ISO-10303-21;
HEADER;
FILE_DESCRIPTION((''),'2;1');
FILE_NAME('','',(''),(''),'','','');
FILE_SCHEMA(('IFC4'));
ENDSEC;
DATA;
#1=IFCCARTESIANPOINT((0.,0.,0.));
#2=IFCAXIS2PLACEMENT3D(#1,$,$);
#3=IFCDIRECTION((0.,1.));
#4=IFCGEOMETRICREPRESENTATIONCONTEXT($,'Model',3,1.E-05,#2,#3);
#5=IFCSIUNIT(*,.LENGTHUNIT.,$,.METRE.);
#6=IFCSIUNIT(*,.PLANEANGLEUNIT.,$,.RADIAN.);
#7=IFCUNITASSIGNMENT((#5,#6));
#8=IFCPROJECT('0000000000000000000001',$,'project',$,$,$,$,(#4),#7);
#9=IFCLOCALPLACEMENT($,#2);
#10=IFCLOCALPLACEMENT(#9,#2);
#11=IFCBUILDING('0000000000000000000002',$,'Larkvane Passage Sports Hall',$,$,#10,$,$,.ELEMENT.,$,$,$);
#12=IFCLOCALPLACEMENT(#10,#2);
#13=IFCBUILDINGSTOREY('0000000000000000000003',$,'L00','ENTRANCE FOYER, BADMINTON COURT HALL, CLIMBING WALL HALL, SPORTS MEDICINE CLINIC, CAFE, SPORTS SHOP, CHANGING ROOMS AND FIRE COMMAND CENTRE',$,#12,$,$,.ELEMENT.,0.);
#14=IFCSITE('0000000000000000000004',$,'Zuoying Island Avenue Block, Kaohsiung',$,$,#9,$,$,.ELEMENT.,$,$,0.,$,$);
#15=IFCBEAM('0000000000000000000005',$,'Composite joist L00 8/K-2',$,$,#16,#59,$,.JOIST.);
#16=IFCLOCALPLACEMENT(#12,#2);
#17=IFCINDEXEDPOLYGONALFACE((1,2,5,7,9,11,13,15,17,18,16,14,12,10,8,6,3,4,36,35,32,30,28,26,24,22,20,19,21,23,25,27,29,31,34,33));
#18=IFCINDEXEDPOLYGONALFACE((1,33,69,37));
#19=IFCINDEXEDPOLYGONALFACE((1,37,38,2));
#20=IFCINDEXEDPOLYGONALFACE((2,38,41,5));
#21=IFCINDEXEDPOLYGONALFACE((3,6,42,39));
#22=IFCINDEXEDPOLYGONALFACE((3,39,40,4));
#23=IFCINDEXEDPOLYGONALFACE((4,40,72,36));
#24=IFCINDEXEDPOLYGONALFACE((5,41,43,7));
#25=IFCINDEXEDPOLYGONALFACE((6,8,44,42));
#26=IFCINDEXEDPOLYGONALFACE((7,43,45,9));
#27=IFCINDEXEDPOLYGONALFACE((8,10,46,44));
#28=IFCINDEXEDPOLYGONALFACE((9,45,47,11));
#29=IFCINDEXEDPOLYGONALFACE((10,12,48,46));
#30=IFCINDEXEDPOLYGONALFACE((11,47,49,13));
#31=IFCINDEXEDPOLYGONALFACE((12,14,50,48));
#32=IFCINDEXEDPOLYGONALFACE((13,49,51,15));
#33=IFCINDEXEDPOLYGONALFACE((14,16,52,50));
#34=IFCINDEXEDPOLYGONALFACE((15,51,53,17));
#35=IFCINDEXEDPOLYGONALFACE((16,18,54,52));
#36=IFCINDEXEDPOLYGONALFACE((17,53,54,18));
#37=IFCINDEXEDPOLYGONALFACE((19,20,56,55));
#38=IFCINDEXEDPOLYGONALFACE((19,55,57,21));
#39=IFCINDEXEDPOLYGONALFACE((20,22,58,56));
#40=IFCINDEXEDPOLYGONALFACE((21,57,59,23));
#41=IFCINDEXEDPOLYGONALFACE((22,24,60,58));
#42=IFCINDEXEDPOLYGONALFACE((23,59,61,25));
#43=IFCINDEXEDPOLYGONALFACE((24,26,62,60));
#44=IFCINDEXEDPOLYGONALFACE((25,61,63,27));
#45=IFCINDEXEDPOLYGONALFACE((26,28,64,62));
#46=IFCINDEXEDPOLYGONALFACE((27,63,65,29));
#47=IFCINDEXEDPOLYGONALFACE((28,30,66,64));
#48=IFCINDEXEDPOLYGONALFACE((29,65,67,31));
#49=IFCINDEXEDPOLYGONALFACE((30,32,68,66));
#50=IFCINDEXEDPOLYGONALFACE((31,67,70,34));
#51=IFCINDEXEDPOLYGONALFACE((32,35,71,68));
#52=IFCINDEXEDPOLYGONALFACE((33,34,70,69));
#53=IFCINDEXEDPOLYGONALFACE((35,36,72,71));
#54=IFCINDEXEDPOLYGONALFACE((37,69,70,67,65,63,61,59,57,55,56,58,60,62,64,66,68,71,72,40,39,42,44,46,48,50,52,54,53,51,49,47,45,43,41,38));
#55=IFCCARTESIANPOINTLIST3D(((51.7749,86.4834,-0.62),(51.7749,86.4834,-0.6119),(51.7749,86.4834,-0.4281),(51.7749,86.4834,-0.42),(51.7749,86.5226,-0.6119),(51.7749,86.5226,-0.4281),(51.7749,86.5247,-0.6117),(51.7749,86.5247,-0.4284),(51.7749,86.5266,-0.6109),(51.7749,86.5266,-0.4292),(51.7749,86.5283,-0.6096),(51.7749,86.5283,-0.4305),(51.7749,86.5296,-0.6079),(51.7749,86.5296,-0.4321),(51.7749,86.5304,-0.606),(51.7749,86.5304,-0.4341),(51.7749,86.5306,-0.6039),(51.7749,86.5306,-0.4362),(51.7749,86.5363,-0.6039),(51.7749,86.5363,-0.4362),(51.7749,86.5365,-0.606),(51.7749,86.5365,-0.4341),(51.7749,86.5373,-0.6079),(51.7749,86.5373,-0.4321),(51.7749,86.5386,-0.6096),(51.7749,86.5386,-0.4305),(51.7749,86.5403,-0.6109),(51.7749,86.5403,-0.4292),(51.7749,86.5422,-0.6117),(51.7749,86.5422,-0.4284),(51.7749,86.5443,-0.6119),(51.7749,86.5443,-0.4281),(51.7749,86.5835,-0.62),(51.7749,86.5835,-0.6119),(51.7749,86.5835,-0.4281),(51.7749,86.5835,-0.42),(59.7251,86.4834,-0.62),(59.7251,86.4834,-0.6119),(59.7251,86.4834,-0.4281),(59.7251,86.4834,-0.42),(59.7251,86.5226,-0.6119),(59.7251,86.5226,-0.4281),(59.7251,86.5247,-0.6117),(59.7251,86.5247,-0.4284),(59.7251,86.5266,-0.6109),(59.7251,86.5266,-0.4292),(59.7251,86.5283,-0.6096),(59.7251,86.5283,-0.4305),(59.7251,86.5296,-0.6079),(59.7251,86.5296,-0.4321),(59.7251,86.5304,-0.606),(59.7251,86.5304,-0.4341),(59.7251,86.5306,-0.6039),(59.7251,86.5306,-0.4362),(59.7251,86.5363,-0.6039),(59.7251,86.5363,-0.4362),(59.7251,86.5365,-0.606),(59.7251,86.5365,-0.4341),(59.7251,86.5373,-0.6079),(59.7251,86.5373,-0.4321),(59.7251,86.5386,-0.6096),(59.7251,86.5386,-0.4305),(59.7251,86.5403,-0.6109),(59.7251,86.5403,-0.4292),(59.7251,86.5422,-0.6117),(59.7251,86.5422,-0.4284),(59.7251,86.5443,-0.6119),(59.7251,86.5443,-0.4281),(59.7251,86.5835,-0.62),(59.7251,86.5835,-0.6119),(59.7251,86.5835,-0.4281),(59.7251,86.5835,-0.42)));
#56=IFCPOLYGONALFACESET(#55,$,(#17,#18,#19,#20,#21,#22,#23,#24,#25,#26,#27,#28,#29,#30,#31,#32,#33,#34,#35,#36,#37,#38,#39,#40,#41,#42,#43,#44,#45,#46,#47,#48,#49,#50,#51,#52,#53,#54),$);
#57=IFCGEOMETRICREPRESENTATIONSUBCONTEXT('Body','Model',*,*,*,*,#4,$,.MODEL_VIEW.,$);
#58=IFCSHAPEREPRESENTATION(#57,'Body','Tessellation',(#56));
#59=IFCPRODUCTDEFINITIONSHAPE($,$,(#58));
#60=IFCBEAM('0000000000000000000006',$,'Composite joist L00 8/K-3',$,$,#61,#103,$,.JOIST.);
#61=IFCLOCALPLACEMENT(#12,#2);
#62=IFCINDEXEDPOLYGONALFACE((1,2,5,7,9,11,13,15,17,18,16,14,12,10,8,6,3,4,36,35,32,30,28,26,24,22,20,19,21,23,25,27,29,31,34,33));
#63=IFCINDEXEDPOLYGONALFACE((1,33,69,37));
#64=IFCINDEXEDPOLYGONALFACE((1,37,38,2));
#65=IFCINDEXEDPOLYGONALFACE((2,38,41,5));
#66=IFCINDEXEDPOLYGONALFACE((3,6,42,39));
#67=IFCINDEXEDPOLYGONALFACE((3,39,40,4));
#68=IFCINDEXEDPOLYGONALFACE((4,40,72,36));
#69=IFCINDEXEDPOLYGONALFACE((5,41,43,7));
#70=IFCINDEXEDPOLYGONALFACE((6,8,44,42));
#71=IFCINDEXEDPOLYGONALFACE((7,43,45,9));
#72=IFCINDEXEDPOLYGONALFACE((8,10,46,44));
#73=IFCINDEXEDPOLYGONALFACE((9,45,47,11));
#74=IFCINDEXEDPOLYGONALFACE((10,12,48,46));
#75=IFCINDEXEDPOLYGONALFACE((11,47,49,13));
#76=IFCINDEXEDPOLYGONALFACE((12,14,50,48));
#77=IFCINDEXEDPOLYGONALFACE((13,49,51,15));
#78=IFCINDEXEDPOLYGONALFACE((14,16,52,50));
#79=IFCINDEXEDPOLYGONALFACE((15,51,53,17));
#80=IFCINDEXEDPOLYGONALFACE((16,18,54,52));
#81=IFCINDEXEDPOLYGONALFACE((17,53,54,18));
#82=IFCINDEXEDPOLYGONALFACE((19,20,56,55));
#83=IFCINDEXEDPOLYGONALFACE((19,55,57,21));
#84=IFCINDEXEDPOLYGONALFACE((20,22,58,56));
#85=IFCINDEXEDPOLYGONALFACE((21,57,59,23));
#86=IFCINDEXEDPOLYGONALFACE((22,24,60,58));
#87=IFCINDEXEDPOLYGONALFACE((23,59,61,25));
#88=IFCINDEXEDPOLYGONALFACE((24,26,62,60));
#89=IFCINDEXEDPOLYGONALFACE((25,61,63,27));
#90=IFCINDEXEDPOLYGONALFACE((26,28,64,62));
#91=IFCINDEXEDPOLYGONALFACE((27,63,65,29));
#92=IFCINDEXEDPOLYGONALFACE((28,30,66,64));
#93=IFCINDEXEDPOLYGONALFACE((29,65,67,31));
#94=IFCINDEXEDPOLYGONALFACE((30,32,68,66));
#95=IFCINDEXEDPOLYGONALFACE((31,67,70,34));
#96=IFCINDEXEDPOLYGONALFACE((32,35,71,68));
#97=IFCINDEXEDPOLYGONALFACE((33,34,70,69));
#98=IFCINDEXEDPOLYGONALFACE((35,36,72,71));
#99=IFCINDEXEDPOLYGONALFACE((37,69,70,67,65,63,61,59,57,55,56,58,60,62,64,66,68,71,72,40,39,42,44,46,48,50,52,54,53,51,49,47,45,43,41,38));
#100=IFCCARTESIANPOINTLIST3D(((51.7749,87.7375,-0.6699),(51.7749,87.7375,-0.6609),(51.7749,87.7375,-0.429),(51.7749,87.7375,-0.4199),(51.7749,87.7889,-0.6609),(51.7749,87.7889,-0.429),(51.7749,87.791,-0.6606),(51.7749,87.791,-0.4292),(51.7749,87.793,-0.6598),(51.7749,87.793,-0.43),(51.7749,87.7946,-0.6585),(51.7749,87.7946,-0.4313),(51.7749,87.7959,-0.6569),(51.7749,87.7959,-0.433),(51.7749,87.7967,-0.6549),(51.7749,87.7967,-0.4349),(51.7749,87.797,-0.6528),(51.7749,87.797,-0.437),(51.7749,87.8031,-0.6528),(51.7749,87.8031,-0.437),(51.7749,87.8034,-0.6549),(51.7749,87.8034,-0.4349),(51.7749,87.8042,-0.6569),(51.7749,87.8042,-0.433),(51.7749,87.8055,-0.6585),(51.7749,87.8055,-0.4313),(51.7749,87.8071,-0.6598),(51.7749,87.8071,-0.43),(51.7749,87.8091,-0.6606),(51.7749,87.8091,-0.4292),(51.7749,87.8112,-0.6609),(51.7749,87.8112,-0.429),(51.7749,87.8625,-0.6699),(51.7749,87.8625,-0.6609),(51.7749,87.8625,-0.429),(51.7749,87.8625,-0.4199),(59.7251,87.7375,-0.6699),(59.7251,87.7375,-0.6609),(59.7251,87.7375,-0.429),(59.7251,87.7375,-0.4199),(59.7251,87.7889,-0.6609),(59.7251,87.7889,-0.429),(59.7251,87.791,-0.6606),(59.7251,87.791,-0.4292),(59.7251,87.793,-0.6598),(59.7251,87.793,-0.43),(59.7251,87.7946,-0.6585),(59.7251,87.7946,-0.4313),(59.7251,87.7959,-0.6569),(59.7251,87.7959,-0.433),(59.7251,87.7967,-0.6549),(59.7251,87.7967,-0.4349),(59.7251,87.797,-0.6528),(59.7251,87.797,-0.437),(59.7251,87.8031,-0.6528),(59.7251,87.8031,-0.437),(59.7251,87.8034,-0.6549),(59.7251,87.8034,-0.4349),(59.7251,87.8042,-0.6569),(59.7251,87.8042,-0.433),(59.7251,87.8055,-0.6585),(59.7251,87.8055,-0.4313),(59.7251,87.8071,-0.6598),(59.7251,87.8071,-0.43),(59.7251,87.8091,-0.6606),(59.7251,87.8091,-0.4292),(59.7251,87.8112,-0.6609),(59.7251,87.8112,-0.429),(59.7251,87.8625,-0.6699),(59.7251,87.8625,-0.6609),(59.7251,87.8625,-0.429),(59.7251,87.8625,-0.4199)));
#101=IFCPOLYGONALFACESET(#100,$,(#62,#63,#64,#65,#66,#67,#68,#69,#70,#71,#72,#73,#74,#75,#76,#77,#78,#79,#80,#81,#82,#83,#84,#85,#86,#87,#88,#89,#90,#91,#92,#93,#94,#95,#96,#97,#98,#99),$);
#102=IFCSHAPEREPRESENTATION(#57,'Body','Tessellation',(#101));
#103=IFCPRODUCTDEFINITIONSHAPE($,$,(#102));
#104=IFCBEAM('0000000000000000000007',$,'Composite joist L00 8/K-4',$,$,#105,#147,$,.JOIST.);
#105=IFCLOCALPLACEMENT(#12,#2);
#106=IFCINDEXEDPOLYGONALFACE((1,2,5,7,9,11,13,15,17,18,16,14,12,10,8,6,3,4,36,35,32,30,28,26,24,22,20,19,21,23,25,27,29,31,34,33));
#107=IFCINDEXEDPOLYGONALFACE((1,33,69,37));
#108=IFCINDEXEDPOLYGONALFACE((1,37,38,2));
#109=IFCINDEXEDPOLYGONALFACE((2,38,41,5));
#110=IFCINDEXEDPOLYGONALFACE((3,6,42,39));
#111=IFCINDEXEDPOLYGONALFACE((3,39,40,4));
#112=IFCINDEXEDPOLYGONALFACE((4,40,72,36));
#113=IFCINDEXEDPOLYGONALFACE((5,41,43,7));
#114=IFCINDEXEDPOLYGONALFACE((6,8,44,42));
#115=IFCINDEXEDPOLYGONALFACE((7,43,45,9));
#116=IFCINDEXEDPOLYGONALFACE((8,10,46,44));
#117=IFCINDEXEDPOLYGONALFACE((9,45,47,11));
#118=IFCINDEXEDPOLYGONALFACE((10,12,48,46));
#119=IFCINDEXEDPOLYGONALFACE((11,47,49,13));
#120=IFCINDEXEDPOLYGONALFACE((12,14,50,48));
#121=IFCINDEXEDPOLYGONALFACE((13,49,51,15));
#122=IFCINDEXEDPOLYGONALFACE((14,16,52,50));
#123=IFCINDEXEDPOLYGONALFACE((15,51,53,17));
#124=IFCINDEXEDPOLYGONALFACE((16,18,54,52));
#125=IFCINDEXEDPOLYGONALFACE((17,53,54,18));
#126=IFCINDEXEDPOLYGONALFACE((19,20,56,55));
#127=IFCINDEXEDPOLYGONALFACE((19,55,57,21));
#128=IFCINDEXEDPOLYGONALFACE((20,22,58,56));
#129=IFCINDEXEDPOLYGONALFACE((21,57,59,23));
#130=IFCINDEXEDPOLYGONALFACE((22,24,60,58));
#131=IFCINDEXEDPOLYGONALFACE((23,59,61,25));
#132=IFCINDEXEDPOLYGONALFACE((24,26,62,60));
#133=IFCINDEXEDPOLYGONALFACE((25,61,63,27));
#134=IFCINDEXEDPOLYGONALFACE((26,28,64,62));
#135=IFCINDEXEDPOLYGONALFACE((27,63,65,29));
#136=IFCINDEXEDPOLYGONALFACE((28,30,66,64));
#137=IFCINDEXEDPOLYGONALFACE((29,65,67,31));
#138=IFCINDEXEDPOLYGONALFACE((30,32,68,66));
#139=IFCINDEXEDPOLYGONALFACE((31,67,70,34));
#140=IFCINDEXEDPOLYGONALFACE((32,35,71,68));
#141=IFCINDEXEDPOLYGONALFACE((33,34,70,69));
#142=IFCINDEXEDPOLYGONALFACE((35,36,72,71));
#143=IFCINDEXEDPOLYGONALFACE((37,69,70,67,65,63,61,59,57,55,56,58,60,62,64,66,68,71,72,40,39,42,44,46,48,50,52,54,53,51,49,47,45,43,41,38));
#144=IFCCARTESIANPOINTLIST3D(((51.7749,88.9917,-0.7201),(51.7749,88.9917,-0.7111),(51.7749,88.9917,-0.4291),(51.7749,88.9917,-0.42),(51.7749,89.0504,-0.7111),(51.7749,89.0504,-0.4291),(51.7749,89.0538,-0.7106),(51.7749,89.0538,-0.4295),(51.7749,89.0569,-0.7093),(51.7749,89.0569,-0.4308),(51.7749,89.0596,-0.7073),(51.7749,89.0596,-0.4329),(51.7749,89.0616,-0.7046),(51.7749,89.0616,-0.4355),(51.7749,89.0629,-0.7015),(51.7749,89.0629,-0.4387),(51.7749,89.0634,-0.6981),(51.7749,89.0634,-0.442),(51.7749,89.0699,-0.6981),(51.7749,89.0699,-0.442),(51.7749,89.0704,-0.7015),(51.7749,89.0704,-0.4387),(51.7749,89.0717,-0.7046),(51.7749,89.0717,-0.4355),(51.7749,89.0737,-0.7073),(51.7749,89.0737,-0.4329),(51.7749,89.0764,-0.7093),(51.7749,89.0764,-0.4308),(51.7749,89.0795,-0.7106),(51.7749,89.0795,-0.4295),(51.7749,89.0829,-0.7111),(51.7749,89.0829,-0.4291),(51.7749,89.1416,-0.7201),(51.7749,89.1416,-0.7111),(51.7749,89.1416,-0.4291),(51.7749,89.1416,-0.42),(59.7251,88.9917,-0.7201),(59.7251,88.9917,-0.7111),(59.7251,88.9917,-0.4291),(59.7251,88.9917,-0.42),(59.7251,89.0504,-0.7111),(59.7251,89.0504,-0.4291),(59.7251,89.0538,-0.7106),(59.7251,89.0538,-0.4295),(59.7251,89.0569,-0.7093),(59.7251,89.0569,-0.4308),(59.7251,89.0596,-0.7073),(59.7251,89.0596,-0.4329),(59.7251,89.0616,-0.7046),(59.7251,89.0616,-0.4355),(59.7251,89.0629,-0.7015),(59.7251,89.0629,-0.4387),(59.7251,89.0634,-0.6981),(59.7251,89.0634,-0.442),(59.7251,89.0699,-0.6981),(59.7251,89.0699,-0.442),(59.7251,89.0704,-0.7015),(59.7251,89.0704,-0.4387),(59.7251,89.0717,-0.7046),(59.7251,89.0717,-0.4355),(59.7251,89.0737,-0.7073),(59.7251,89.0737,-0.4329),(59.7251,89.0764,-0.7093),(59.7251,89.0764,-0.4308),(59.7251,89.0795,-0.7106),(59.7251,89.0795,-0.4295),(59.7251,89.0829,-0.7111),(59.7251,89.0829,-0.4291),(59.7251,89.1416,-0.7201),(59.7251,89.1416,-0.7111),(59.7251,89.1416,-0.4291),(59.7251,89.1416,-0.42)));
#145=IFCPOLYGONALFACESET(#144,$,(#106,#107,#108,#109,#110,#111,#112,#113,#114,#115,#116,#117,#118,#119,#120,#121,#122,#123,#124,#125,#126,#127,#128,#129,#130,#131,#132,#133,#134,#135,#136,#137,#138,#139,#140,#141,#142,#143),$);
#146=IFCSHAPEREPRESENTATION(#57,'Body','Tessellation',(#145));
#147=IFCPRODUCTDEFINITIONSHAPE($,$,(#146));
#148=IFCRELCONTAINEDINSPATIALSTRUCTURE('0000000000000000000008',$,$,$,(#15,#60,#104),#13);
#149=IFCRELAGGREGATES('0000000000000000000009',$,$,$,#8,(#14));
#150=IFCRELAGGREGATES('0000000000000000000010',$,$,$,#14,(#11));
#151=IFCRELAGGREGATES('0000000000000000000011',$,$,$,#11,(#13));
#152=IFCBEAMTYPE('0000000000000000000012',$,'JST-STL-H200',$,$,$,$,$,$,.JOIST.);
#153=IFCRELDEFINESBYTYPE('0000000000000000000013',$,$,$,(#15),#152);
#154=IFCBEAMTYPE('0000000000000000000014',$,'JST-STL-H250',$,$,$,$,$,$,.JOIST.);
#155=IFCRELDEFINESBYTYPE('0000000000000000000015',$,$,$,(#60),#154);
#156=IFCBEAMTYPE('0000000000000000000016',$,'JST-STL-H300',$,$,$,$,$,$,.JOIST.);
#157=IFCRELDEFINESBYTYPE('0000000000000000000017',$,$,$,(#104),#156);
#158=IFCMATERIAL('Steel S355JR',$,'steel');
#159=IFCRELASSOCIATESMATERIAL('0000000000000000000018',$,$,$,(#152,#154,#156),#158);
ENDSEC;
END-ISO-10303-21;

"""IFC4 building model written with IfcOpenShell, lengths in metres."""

from ifc_helpers import new_model, si_unit, direction, frame, origin, origin_2d, place, context, subcontext, project, spatial, i_section, extrude, material, material_profile, profile_set, type_object, element, save


model = new_model("IFC4")

# Units and contexts
model_context = context("Model", 3, precision=1e-05, world=origin(), true_north=direction((0.0, 1.0)))
body_context = subcontext(model_context, "Body", "Model", "MODEL_VIEW")
ifc_project = project(units=[si_unit("LENGTHUNIT", "METRE"), si_unit("PLANEANGLEUNIT", "RADIAN")], contexts=[model_context])

# Site, building, storey
site_placement = place(None, origin())
site = spatial("IfcSite", under=ifc_project, at=site_placement, Name="Zuoying Island Avenue Block, Kaohsiung", CompositionType="ELEMENT", RefElevation=0.0)
building_placement = place(site_placement, origin())
building = spatial("IfcBuilding", under=site, at=building_placement, Name="Larkvane Passage Sports Hall", CompositionType="ELEMENT")
storey_placement = place(building_placement, origin())
storey = spatial("IfcBuildingStorey", under=building, at=storey_placement, Name="L00", Description="ENTRANCE FOYER, BADMINTON COURT HALL, CLIMBING WALL HALL, SPORTS MEDICINE CLINIC, CAFE, SPORTS SHOP, CHANGING ROOMS AND FIRE COMMAND CENTRE", CompositionType="ELEMENT", Elevation=0.0)

# Beams
ifc_material_1 = material(Name="Steel S355JR", Category="steel")
ifc_material_profile_1 = material_profile(ifc_material_1, i_section(OverallWidth=0.1001, OverallDepth=0.2, WebThickness=0.0056, FlangeThickness=0.0081, FilletRadius=0.0081, at=origin_2d()), Name="H-200x100x5.5x8")
ifc_profile_set_1 = profile_set([ifc_material_profile_1], Name="Steel S355JR")
beam_type_1 = type_object("IfcBeamType", Name="JST-STL-H200", PredefinedType="JOIST", material=ifc_profile_set_1)
beam_1_placement = place(storey_placement, frame((51.7749, 86.5334, -0.52), z_axis=(1.0, 0.0, 0.0), x_axis=(0.0, 1.0, 0.0)))
element("IfcBeam", 1, at=beam_1_placement, inside=storey, type_object=beam_type_1, Name="Composite joist L00 8/K-2", PredefinedType="JOIST", context=body_context, shape_type="SweptSolid", body=[
    extrude(i_section(OverallWidth=0.1001, OverallDepth=0.2, WebThickness=0.0056, FlangeThickness=0.0081, FilletRadius=0.0081, at=origin_2d()), origin(), (0.0, 0.0, 1.0), 7.9502),
])
ifc_material_profile_2 = material_profile(ifc_material_1, i_section(OverallWidth=0.125, OverallDepth=0.25, WebThickness=0.0061, FlangeThickness=0.009, FilletRadius=0.0081, at=origin_2d()), Name="H-250x125x6x9")
ifc_profile_set_2 = profile_set([ifc_material_profile_2], Name="Steel S355JR")
beam_type_2 = type_object("IfcBeamType", Name="JST-STL-H250", PredefinedType="JOIST", material=ifc_profile_set_2)
beam_2_placement = place(storey_placement, frame((51.7749, 87.8, -0.5449), z_axis=(1.0, 0.0, 0.0), x_axis=(0.0, 1.0, 0.0)))
element("IfcBeam", 2, at=beam_2_placement, inside=storey, type_object=beam_type_2, Name="Composite joist L00 8/K-3", PredefinedType="JOIST", context=body_context, shape_type="SweptSolid", body=[
    extrude(i_section(OverallWidth=0.125, OverallDepth=0.25, WebThickness=0.0061, FlangeThickness=0.009, FilletRadius=0.0081, at=origin_2d()), origin(), (0.0, 0.0, 1.0), 7.9502),
])
ifc_material_profile_3 = material_profile(ifc_material_1, i_section(OverallWidth=0.1499, OverallDepth=0.3, WebThickness=0.0066, FlangeThickness=0.009, FilletRadius=0.0129, at=origin_2d()), Name="H-300x150x6.5x9")
ifc_profile_set_3 = profile_set([ifc_material_profile_3], Name="Steel S355JR")
beam_type_3 = type_object("IfcBeamType", Name="JST-STL-H300", PredefinedType="JOIST", material=ifc_profile_set_3)
beam_3_placement = place(storey_placement, frame((51.7749, 89.0667, -0.5701), z_axis=(1.0, 0.0, 0.0), x_axis=(0.0, 1.0, 0.0)))
element("IfcBeam", 3, at=beam_3_placement, inside=storey, type_object=beam_type_3, Name="Composite joist L00 8/K-4", PredefinedType="JOIST", context=body_context, shape_type="SweptSolid", body=[
    extrude(i_section(OverallWidth=0.1499, OverallDepth=0.3, WebThickness=0.0066, FlangeThickness=0.009, FilletRadius=0.0129, at=origin_2d()), origin(), (0.0, 0.0, 1.0), 7.9502),
])

save(model, "model.ifc")
